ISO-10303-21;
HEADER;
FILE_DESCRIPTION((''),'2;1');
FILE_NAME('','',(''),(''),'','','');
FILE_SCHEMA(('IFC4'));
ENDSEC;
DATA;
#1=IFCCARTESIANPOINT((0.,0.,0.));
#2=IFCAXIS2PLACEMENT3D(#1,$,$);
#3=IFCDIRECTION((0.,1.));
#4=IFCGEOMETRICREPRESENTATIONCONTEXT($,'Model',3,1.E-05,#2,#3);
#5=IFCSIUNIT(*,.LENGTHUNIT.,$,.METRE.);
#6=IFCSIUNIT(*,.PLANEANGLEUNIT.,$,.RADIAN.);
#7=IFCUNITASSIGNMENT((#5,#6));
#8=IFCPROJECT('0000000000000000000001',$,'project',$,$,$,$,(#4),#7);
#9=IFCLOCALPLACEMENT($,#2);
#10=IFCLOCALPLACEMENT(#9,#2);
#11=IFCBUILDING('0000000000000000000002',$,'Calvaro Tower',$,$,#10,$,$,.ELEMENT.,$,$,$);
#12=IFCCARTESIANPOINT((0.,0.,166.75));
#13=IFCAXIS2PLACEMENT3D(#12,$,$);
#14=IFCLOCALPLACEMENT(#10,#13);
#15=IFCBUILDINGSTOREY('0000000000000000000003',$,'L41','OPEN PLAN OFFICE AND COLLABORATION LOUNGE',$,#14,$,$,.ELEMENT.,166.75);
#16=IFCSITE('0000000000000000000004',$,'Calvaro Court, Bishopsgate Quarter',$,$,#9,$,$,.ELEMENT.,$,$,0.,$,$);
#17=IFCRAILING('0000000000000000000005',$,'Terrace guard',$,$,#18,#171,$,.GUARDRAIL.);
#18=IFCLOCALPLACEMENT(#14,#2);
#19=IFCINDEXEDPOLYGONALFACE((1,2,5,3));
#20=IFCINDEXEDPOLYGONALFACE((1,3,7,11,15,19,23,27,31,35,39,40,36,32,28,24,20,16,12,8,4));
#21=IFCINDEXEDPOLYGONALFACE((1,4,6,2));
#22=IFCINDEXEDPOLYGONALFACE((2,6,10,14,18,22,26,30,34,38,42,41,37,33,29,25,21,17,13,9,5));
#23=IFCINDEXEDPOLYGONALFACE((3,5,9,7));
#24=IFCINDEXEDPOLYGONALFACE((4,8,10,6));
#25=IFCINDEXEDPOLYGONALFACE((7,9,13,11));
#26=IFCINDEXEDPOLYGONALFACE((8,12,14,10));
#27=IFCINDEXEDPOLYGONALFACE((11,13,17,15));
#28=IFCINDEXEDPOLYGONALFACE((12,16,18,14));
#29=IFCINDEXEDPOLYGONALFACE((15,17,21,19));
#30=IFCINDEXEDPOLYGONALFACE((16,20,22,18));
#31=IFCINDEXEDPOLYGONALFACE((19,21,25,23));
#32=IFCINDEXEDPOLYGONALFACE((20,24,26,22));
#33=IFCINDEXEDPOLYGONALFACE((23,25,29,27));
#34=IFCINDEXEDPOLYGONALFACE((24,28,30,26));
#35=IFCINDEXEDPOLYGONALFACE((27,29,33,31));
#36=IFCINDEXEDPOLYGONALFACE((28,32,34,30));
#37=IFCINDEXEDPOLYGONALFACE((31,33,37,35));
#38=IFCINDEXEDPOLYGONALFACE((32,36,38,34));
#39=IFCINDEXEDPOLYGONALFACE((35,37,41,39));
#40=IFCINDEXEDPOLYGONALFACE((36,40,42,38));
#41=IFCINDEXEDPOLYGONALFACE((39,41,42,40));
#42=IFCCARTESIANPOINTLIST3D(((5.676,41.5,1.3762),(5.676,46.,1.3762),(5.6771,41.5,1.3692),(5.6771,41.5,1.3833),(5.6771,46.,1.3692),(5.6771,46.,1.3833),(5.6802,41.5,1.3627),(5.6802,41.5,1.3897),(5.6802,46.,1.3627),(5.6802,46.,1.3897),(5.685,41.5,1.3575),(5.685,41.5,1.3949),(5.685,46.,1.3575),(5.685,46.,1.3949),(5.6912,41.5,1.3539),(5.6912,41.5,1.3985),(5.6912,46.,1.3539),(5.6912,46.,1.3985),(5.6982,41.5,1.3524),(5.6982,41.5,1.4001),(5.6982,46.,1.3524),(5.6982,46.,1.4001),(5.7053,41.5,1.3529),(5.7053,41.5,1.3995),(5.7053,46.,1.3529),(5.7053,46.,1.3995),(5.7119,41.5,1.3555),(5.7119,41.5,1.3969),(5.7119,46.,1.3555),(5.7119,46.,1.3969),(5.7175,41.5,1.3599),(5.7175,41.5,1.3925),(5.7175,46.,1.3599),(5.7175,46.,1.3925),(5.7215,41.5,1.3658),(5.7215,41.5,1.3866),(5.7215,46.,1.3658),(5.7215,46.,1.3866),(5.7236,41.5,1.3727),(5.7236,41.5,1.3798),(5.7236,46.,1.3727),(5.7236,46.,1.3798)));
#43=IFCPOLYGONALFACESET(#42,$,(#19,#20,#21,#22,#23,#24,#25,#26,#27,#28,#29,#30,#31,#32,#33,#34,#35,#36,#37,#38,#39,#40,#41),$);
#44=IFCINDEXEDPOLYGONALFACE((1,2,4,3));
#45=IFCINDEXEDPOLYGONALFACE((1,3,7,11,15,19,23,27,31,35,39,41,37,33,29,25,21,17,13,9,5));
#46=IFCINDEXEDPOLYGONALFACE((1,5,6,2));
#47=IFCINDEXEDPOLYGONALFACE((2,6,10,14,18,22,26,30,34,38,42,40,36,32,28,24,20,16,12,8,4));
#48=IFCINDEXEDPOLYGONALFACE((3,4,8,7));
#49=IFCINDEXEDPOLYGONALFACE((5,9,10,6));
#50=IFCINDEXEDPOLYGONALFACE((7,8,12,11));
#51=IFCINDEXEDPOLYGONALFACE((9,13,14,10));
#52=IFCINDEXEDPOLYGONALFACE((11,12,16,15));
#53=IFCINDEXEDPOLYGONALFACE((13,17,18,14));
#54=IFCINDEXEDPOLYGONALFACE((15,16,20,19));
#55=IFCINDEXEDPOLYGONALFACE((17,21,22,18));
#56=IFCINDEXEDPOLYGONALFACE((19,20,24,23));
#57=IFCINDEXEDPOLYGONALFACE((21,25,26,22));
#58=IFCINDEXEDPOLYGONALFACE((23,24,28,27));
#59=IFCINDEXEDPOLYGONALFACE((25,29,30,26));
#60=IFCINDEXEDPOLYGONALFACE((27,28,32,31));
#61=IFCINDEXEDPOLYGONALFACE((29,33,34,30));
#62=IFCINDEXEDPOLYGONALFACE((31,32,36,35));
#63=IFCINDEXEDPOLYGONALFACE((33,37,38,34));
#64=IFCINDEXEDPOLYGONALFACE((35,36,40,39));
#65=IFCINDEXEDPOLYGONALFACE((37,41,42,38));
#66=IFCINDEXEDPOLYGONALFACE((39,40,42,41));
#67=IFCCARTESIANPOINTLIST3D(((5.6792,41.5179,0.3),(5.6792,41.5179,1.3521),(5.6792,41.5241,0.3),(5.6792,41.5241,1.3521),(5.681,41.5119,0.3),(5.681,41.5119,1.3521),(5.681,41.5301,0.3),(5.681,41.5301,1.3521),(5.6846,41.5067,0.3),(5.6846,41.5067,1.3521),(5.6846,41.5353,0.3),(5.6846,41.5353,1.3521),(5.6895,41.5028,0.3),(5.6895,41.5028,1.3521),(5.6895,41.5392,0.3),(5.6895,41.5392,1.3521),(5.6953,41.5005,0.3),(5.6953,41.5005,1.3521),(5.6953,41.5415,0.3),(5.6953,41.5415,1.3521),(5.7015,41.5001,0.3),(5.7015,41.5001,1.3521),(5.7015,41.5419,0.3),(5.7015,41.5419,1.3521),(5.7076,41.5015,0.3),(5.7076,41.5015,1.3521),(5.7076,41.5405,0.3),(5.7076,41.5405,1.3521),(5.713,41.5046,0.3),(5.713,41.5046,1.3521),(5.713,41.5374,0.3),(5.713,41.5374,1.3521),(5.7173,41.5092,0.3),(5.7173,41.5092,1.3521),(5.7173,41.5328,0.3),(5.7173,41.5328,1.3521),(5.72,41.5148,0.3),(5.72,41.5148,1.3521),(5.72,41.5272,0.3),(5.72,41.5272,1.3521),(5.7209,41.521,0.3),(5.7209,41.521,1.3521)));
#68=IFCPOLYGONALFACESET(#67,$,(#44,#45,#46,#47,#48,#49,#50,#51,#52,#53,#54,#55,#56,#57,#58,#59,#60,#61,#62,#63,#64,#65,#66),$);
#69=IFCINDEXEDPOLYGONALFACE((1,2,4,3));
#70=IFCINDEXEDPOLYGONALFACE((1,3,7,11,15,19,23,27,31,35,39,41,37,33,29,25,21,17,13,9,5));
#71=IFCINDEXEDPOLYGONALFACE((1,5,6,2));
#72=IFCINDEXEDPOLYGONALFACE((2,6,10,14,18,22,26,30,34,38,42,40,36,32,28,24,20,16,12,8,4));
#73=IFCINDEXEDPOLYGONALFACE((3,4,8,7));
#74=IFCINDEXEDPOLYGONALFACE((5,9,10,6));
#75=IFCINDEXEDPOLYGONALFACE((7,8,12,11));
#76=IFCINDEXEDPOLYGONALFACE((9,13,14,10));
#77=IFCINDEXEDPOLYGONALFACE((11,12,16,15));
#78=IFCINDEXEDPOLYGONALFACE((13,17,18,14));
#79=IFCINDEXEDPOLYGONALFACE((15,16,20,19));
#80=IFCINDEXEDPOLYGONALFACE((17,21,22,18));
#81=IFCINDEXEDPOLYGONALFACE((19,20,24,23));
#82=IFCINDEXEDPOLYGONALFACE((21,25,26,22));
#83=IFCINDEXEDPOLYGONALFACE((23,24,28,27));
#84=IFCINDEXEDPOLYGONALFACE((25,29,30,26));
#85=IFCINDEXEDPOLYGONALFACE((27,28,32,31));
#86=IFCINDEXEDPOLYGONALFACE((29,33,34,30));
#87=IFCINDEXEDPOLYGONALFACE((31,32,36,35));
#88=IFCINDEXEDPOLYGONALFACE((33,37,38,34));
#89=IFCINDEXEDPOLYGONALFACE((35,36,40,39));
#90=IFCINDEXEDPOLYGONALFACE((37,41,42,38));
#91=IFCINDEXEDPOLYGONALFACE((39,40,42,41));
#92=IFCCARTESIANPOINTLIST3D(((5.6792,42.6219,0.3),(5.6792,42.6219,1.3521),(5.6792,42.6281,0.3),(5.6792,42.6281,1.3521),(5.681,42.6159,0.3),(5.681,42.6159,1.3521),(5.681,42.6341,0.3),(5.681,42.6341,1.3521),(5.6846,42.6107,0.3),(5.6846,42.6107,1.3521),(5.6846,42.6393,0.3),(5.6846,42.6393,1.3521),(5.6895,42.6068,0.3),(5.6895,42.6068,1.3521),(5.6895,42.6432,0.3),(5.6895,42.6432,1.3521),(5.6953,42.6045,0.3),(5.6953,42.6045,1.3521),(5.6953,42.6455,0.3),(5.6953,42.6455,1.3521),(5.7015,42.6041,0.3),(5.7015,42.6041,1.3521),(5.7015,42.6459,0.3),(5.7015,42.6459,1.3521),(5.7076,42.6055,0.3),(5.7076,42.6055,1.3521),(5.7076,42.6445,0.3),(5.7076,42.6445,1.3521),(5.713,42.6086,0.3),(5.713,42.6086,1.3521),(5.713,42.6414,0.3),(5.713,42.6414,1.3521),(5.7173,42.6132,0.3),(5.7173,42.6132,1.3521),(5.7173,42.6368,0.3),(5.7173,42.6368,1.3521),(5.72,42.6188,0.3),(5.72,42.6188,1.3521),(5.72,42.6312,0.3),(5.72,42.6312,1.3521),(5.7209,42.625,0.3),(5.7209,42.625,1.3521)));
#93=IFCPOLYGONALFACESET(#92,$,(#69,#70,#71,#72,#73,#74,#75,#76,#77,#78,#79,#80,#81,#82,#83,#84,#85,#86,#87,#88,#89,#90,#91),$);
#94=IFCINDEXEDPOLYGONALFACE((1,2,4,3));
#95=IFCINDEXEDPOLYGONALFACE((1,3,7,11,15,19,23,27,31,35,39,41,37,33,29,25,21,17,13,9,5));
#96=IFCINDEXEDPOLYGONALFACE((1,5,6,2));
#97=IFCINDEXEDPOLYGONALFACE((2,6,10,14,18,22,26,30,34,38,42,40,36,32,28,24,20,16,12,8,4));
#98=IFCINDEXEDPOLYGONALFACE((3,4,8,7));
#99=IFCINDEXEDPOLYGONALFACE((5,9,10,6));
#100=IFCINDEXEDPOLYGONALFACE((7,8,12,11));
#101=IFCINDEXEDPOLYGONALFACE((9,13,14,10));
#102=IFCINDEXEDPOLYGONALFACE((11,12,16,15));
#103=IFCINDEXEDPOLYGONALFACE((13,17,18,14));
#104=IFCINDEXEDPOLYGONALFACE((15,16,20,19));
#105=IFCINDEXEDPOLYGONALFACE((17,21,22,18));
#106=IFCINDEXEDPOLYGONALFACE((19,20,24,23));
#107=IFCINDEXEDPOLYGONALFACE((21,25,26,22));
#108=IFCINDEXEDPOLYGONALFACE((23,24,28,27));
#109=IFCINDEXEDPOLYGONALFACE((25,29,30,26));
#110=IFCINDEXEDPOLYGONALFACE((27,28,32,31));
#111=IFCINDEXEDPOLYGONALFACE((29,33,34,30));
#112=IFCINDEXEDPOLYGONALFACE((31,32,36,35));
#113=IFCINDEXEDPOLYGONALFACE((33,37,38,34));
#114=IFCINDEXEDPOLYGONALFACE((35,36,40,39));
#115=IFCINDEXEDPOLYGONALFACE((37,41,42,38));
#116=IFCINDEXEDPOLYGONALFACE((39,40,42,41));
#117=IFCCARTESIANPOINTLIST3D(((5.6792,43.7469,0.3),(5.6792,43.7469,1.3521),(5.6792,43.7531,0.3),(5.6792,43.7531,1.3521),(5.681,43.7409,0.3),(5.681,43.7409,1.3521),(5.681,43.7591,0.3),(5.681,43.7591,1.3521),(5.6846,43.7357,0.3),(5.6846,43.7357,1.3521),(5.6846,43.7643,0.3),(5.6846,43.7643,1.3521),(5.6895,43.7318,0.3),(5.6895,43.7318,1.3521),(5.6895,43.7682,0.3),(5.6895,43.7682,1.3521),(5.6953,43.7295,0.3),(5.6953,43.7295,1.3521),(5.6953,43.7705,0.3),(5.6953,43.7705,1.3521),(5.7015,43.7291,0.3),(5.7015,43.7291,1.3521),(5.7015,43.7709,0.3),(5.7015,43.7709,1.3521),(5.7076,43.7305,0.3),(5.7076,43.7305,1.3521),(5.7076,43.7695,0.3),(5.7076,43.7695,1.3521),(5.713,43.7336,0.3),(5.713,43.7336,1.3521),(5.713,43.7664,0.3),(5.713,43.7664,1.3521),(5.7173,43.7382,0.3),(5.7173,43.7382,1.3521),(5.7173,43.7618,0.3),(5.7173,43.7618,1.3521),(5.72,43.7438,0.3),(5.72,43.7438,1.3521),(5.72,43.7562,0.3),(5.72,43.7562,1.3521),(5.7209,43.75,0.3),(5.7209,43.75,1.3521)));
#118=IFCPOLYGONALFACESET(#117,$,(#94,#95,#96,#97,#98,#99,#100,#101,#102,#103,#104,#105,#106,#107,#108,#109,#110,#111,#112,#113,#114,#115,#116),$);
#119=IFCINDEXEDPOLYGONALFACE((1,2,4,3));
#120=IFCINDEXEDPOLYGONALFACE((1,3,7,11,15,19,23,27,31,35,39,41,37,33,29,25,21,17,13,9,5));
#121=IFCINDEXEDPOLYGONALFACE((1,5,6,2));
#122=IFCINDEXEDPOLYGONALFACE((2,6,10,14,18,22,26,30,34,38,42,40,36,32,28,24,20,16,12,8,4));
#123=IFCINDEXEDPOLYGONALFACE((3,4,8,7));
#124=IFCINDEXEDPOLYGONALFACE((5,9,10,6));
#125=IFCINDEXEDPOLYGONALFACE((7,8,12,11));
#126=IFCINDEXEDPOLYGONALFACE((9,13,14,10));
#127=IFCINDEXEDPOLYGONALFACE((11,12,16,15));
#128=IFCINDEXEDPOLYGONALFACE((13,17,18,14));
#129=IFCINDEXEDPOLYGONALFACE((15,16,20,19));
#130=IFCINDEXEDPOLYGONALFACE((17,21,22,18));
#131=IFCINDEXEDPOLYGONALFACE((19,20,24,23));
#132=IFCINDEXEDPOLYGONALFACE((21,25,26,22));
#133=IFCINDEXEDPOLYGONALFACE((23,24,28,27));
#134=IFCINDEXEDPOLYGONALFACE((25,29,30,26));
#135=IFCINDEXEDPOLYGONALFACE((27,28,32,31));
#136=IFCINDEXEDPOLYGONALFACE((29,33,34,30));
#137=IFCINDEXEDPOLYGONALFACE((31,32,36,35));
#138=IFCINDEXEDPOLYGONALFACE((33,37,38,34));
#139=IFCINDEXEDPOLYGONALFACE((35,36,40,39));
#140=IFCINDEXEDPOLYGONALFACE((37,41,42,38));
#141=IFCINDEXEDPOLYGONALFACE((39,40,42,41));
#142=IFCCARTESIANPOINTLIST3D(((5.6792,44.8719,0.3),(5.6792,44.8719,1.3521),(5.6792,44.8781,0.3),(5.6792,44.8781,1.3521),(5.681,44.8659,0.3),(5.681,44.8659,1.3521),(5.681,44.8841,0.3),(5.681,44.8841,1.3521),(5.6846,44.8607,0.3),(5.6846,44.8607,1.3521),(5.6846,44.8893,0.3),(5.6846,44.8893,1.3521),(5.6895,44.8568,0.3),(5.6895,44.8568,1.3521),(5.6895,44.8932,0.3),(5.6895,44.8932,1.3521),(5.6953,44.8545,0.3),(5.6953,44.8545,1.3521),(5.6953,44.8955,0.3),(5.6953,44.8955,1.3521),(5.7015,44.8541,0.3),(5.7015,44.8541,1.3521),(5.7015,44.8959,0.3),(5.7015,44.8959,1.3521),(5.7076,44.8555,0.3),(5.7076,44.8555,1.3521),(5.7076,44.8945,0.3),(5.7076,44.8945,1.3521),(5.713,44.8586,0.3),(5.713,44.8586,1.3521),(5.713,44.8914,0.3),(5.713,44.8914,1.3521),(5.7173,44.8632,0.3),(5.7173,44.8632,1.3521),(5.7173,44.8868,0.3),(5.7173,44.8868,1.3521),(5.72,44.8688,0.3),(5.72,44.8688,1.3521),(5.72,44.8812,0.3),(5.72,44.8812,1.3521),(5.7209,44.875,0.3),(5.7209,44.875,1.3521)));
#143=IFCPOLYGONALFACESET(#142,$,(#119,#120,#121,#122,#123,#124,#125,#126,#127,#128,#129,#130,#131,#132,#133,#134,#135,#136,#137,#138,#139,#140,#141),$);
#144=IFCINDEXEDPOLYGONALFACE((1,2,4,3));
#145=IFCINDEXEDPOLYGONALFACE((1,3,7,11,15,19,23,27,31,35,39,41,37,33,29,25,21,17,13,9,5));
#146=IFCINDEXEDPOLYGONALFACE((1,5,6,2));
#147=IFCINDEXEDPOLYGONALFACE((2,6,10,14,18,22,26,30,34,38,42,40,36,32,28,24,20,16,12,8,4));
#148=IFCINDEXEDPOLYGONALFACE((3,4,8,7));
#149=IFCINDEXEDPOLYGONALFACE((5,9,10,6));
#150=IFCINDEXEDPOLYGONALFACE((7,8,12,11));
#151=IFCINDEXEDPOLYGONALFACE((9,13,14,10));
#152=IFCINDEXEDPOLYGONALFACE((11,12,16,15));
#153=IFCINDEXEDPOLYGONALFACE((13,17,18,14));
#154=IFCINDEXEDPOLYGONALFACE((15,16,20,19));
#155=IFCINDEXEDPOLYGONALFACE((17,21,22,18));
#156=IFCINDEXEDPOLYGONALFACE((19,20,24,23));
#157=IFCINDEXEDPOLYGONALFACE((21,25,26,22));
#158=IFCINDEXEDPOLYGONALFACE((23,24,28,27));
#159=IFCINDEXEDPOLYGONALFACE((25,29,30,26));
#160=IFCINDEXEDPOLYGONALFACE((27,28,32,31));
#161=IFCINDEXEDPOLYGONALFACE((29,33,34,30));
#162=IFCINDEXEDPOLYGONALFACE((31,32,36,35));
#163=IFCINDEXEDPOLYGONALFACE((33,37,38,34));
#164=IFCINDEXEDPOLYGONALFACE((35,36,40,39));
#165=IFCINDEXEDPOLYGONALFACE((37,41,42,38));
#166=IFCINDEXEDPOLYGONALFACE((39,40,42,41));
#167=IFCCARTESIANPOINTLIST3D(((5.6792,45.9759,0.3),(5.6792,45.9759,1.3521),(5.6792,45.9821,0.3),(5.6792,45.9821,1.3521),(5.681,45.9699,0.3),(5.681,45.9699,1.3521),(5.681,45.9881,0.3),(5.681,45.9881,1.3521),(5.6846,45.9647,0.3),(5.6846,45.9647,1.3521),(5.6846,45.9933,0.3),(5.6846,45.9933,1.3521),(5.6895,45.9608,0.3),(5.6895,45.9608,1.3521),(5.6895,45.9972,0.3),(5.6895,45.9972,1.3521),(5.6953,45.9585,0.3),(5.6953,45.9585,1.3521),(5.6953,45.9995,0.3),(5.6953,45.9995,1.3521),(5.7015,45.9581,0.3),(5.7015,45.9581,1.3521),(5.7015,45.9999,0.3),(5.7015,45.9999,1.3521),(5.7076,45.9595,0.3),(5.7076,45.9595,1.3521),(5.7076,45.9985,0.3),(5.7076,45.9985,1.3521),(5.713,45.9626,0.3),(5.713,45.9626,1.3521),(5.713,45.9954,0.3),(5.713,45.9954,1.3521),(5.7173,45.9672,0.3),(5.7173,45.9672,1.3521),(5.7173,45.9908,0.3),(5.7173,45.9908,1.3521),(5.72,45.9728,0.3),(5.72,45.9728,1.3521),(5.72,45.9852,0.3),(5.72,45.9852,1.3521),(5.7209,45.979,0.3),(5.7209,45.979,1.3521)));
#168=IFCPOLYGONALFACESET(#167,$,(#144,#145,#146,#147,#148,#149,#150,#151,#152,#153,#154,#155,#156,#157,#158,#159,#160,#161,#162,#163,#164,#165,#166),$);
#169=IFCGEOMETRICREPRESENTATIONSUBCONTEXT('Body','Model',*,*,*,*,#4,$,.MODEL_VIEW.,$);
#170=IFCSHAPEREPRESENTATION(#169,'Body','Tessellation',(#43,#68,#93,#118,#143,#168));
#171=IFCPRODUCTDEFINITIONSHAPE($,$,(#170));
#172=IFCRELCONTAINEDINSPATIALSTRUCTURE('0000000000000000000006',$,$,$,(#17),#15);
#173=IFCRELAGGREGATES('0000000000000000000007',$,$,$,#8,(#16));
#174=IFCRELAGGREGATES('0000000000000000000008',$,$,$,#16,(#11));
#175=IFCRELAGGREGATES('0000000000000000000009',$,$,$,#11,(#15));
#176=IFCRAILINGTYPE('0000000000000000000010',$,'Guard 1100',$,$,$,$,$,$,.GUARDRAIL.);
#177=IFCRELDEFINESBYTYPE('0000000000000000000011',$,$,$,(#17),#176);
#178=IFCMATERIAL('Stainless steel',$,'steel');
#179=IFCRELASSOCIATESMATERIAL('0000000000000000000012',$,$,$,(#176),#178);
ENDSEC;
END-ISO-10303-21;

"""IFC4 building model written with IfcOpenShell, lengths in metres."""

from ifc_helpers import new_model, si_unit, direction, frame, origin, origin_2d, place, context, subcontext, project, spatial, circle, extrude, material, type_object, element, save


model = new_model("IFC4")

# Units and contexts
model_context = context("Model", 3, precision=1e-05, world=origin(), true_north=direction((0.0, 1.0)))
body_context = subcontext(model_context, "Body", "Model", "MODEL_VIEW")
ifc_project = project(units=[si_unit("LENGTHUNIT", "METRE"), si_unit("PLANEANGLEUNIT", "RADIAN")], contexts=[model_context])

# Site, building, storey
site_placement = place(None, origin())
site = spatial("IfcSite", under=ifc_project, at=site_placement, Name="Calvaro Court, Bishopsgate Quarter", CompositionType="ELEMENT", RefElevation=0.0)
building_placement = place(site_placement, origin())
building = spatial("IfcBuilding", under=site, at=building_placement, Name="Calvaro Tower", CompositionType="ELEMENT")
storey_placement = place(building_placement, frame((0.0, 0.0, 166.75)))
storey = spatial("IfcBuildingStorey", under=building, at=storey_placement, Name="L41", Description="OPEN PLAN OFFICE AND COLLABORATION LOUNGE", CompositionType="ELEMENT", Elevation=166.75)

# Railing
ifc_material_1 = material(Name="Stainless steel", Category="steel")
railing_type = type_object("IfcRailingType", Name="Guard 1100", PredefinedType="GUARDRAIL", material=ifc_material_1)
railing_1_placement = place(storey_placement, frame((5.7, 41.5, 0.3)))
element("IfcRailing", 1, at=railing_1_placement, inside=storey, type_object=railing_type, Name="Terrace guard", PredefinedType="GUARDRAIL", context=body_context, shape_type="SweptSolid", body=[
    extrude(circle(Radius=0.0239, at=origin_2d()), frame((0.0, 0.0, 1.0762), z_axis=(0.0, 1.0, 0.0), x_axis=(-1.0, 0.0, 0.0)), (0.0, 0.0, 1.0), 4.5),
    extrude(circle(Radius=0.021, at=origin_2d()), frame((0.0, 0.021, 0.0)), (0.0, 0.0, 1.0), 1.052),
    extrude(circle(Radius=0.021, at=origin_2d()), frame((0.0, 1.125, 0.0)), (0.0, 0.0, 1.0), 1.052),
    extrude(circle(Radius=0.021, at=origin_2d()), frame((0.0, 2.25, 0.0)), (0.0, 0.0, 1.0), 1.052),
    extrude(circle(Radius=0.021, at=origin_2d()), frame((0.0, 3.375, 0.0)), (0.0, 0.0, 1.0), 1.052),
    extrude(circle(Radius=0.021, at=origin_2d()), frame((0.0, 4.479, 0.0)), (0.0, 0.0, 1.0), 1.052),
])

save(model, "model.ifc")
